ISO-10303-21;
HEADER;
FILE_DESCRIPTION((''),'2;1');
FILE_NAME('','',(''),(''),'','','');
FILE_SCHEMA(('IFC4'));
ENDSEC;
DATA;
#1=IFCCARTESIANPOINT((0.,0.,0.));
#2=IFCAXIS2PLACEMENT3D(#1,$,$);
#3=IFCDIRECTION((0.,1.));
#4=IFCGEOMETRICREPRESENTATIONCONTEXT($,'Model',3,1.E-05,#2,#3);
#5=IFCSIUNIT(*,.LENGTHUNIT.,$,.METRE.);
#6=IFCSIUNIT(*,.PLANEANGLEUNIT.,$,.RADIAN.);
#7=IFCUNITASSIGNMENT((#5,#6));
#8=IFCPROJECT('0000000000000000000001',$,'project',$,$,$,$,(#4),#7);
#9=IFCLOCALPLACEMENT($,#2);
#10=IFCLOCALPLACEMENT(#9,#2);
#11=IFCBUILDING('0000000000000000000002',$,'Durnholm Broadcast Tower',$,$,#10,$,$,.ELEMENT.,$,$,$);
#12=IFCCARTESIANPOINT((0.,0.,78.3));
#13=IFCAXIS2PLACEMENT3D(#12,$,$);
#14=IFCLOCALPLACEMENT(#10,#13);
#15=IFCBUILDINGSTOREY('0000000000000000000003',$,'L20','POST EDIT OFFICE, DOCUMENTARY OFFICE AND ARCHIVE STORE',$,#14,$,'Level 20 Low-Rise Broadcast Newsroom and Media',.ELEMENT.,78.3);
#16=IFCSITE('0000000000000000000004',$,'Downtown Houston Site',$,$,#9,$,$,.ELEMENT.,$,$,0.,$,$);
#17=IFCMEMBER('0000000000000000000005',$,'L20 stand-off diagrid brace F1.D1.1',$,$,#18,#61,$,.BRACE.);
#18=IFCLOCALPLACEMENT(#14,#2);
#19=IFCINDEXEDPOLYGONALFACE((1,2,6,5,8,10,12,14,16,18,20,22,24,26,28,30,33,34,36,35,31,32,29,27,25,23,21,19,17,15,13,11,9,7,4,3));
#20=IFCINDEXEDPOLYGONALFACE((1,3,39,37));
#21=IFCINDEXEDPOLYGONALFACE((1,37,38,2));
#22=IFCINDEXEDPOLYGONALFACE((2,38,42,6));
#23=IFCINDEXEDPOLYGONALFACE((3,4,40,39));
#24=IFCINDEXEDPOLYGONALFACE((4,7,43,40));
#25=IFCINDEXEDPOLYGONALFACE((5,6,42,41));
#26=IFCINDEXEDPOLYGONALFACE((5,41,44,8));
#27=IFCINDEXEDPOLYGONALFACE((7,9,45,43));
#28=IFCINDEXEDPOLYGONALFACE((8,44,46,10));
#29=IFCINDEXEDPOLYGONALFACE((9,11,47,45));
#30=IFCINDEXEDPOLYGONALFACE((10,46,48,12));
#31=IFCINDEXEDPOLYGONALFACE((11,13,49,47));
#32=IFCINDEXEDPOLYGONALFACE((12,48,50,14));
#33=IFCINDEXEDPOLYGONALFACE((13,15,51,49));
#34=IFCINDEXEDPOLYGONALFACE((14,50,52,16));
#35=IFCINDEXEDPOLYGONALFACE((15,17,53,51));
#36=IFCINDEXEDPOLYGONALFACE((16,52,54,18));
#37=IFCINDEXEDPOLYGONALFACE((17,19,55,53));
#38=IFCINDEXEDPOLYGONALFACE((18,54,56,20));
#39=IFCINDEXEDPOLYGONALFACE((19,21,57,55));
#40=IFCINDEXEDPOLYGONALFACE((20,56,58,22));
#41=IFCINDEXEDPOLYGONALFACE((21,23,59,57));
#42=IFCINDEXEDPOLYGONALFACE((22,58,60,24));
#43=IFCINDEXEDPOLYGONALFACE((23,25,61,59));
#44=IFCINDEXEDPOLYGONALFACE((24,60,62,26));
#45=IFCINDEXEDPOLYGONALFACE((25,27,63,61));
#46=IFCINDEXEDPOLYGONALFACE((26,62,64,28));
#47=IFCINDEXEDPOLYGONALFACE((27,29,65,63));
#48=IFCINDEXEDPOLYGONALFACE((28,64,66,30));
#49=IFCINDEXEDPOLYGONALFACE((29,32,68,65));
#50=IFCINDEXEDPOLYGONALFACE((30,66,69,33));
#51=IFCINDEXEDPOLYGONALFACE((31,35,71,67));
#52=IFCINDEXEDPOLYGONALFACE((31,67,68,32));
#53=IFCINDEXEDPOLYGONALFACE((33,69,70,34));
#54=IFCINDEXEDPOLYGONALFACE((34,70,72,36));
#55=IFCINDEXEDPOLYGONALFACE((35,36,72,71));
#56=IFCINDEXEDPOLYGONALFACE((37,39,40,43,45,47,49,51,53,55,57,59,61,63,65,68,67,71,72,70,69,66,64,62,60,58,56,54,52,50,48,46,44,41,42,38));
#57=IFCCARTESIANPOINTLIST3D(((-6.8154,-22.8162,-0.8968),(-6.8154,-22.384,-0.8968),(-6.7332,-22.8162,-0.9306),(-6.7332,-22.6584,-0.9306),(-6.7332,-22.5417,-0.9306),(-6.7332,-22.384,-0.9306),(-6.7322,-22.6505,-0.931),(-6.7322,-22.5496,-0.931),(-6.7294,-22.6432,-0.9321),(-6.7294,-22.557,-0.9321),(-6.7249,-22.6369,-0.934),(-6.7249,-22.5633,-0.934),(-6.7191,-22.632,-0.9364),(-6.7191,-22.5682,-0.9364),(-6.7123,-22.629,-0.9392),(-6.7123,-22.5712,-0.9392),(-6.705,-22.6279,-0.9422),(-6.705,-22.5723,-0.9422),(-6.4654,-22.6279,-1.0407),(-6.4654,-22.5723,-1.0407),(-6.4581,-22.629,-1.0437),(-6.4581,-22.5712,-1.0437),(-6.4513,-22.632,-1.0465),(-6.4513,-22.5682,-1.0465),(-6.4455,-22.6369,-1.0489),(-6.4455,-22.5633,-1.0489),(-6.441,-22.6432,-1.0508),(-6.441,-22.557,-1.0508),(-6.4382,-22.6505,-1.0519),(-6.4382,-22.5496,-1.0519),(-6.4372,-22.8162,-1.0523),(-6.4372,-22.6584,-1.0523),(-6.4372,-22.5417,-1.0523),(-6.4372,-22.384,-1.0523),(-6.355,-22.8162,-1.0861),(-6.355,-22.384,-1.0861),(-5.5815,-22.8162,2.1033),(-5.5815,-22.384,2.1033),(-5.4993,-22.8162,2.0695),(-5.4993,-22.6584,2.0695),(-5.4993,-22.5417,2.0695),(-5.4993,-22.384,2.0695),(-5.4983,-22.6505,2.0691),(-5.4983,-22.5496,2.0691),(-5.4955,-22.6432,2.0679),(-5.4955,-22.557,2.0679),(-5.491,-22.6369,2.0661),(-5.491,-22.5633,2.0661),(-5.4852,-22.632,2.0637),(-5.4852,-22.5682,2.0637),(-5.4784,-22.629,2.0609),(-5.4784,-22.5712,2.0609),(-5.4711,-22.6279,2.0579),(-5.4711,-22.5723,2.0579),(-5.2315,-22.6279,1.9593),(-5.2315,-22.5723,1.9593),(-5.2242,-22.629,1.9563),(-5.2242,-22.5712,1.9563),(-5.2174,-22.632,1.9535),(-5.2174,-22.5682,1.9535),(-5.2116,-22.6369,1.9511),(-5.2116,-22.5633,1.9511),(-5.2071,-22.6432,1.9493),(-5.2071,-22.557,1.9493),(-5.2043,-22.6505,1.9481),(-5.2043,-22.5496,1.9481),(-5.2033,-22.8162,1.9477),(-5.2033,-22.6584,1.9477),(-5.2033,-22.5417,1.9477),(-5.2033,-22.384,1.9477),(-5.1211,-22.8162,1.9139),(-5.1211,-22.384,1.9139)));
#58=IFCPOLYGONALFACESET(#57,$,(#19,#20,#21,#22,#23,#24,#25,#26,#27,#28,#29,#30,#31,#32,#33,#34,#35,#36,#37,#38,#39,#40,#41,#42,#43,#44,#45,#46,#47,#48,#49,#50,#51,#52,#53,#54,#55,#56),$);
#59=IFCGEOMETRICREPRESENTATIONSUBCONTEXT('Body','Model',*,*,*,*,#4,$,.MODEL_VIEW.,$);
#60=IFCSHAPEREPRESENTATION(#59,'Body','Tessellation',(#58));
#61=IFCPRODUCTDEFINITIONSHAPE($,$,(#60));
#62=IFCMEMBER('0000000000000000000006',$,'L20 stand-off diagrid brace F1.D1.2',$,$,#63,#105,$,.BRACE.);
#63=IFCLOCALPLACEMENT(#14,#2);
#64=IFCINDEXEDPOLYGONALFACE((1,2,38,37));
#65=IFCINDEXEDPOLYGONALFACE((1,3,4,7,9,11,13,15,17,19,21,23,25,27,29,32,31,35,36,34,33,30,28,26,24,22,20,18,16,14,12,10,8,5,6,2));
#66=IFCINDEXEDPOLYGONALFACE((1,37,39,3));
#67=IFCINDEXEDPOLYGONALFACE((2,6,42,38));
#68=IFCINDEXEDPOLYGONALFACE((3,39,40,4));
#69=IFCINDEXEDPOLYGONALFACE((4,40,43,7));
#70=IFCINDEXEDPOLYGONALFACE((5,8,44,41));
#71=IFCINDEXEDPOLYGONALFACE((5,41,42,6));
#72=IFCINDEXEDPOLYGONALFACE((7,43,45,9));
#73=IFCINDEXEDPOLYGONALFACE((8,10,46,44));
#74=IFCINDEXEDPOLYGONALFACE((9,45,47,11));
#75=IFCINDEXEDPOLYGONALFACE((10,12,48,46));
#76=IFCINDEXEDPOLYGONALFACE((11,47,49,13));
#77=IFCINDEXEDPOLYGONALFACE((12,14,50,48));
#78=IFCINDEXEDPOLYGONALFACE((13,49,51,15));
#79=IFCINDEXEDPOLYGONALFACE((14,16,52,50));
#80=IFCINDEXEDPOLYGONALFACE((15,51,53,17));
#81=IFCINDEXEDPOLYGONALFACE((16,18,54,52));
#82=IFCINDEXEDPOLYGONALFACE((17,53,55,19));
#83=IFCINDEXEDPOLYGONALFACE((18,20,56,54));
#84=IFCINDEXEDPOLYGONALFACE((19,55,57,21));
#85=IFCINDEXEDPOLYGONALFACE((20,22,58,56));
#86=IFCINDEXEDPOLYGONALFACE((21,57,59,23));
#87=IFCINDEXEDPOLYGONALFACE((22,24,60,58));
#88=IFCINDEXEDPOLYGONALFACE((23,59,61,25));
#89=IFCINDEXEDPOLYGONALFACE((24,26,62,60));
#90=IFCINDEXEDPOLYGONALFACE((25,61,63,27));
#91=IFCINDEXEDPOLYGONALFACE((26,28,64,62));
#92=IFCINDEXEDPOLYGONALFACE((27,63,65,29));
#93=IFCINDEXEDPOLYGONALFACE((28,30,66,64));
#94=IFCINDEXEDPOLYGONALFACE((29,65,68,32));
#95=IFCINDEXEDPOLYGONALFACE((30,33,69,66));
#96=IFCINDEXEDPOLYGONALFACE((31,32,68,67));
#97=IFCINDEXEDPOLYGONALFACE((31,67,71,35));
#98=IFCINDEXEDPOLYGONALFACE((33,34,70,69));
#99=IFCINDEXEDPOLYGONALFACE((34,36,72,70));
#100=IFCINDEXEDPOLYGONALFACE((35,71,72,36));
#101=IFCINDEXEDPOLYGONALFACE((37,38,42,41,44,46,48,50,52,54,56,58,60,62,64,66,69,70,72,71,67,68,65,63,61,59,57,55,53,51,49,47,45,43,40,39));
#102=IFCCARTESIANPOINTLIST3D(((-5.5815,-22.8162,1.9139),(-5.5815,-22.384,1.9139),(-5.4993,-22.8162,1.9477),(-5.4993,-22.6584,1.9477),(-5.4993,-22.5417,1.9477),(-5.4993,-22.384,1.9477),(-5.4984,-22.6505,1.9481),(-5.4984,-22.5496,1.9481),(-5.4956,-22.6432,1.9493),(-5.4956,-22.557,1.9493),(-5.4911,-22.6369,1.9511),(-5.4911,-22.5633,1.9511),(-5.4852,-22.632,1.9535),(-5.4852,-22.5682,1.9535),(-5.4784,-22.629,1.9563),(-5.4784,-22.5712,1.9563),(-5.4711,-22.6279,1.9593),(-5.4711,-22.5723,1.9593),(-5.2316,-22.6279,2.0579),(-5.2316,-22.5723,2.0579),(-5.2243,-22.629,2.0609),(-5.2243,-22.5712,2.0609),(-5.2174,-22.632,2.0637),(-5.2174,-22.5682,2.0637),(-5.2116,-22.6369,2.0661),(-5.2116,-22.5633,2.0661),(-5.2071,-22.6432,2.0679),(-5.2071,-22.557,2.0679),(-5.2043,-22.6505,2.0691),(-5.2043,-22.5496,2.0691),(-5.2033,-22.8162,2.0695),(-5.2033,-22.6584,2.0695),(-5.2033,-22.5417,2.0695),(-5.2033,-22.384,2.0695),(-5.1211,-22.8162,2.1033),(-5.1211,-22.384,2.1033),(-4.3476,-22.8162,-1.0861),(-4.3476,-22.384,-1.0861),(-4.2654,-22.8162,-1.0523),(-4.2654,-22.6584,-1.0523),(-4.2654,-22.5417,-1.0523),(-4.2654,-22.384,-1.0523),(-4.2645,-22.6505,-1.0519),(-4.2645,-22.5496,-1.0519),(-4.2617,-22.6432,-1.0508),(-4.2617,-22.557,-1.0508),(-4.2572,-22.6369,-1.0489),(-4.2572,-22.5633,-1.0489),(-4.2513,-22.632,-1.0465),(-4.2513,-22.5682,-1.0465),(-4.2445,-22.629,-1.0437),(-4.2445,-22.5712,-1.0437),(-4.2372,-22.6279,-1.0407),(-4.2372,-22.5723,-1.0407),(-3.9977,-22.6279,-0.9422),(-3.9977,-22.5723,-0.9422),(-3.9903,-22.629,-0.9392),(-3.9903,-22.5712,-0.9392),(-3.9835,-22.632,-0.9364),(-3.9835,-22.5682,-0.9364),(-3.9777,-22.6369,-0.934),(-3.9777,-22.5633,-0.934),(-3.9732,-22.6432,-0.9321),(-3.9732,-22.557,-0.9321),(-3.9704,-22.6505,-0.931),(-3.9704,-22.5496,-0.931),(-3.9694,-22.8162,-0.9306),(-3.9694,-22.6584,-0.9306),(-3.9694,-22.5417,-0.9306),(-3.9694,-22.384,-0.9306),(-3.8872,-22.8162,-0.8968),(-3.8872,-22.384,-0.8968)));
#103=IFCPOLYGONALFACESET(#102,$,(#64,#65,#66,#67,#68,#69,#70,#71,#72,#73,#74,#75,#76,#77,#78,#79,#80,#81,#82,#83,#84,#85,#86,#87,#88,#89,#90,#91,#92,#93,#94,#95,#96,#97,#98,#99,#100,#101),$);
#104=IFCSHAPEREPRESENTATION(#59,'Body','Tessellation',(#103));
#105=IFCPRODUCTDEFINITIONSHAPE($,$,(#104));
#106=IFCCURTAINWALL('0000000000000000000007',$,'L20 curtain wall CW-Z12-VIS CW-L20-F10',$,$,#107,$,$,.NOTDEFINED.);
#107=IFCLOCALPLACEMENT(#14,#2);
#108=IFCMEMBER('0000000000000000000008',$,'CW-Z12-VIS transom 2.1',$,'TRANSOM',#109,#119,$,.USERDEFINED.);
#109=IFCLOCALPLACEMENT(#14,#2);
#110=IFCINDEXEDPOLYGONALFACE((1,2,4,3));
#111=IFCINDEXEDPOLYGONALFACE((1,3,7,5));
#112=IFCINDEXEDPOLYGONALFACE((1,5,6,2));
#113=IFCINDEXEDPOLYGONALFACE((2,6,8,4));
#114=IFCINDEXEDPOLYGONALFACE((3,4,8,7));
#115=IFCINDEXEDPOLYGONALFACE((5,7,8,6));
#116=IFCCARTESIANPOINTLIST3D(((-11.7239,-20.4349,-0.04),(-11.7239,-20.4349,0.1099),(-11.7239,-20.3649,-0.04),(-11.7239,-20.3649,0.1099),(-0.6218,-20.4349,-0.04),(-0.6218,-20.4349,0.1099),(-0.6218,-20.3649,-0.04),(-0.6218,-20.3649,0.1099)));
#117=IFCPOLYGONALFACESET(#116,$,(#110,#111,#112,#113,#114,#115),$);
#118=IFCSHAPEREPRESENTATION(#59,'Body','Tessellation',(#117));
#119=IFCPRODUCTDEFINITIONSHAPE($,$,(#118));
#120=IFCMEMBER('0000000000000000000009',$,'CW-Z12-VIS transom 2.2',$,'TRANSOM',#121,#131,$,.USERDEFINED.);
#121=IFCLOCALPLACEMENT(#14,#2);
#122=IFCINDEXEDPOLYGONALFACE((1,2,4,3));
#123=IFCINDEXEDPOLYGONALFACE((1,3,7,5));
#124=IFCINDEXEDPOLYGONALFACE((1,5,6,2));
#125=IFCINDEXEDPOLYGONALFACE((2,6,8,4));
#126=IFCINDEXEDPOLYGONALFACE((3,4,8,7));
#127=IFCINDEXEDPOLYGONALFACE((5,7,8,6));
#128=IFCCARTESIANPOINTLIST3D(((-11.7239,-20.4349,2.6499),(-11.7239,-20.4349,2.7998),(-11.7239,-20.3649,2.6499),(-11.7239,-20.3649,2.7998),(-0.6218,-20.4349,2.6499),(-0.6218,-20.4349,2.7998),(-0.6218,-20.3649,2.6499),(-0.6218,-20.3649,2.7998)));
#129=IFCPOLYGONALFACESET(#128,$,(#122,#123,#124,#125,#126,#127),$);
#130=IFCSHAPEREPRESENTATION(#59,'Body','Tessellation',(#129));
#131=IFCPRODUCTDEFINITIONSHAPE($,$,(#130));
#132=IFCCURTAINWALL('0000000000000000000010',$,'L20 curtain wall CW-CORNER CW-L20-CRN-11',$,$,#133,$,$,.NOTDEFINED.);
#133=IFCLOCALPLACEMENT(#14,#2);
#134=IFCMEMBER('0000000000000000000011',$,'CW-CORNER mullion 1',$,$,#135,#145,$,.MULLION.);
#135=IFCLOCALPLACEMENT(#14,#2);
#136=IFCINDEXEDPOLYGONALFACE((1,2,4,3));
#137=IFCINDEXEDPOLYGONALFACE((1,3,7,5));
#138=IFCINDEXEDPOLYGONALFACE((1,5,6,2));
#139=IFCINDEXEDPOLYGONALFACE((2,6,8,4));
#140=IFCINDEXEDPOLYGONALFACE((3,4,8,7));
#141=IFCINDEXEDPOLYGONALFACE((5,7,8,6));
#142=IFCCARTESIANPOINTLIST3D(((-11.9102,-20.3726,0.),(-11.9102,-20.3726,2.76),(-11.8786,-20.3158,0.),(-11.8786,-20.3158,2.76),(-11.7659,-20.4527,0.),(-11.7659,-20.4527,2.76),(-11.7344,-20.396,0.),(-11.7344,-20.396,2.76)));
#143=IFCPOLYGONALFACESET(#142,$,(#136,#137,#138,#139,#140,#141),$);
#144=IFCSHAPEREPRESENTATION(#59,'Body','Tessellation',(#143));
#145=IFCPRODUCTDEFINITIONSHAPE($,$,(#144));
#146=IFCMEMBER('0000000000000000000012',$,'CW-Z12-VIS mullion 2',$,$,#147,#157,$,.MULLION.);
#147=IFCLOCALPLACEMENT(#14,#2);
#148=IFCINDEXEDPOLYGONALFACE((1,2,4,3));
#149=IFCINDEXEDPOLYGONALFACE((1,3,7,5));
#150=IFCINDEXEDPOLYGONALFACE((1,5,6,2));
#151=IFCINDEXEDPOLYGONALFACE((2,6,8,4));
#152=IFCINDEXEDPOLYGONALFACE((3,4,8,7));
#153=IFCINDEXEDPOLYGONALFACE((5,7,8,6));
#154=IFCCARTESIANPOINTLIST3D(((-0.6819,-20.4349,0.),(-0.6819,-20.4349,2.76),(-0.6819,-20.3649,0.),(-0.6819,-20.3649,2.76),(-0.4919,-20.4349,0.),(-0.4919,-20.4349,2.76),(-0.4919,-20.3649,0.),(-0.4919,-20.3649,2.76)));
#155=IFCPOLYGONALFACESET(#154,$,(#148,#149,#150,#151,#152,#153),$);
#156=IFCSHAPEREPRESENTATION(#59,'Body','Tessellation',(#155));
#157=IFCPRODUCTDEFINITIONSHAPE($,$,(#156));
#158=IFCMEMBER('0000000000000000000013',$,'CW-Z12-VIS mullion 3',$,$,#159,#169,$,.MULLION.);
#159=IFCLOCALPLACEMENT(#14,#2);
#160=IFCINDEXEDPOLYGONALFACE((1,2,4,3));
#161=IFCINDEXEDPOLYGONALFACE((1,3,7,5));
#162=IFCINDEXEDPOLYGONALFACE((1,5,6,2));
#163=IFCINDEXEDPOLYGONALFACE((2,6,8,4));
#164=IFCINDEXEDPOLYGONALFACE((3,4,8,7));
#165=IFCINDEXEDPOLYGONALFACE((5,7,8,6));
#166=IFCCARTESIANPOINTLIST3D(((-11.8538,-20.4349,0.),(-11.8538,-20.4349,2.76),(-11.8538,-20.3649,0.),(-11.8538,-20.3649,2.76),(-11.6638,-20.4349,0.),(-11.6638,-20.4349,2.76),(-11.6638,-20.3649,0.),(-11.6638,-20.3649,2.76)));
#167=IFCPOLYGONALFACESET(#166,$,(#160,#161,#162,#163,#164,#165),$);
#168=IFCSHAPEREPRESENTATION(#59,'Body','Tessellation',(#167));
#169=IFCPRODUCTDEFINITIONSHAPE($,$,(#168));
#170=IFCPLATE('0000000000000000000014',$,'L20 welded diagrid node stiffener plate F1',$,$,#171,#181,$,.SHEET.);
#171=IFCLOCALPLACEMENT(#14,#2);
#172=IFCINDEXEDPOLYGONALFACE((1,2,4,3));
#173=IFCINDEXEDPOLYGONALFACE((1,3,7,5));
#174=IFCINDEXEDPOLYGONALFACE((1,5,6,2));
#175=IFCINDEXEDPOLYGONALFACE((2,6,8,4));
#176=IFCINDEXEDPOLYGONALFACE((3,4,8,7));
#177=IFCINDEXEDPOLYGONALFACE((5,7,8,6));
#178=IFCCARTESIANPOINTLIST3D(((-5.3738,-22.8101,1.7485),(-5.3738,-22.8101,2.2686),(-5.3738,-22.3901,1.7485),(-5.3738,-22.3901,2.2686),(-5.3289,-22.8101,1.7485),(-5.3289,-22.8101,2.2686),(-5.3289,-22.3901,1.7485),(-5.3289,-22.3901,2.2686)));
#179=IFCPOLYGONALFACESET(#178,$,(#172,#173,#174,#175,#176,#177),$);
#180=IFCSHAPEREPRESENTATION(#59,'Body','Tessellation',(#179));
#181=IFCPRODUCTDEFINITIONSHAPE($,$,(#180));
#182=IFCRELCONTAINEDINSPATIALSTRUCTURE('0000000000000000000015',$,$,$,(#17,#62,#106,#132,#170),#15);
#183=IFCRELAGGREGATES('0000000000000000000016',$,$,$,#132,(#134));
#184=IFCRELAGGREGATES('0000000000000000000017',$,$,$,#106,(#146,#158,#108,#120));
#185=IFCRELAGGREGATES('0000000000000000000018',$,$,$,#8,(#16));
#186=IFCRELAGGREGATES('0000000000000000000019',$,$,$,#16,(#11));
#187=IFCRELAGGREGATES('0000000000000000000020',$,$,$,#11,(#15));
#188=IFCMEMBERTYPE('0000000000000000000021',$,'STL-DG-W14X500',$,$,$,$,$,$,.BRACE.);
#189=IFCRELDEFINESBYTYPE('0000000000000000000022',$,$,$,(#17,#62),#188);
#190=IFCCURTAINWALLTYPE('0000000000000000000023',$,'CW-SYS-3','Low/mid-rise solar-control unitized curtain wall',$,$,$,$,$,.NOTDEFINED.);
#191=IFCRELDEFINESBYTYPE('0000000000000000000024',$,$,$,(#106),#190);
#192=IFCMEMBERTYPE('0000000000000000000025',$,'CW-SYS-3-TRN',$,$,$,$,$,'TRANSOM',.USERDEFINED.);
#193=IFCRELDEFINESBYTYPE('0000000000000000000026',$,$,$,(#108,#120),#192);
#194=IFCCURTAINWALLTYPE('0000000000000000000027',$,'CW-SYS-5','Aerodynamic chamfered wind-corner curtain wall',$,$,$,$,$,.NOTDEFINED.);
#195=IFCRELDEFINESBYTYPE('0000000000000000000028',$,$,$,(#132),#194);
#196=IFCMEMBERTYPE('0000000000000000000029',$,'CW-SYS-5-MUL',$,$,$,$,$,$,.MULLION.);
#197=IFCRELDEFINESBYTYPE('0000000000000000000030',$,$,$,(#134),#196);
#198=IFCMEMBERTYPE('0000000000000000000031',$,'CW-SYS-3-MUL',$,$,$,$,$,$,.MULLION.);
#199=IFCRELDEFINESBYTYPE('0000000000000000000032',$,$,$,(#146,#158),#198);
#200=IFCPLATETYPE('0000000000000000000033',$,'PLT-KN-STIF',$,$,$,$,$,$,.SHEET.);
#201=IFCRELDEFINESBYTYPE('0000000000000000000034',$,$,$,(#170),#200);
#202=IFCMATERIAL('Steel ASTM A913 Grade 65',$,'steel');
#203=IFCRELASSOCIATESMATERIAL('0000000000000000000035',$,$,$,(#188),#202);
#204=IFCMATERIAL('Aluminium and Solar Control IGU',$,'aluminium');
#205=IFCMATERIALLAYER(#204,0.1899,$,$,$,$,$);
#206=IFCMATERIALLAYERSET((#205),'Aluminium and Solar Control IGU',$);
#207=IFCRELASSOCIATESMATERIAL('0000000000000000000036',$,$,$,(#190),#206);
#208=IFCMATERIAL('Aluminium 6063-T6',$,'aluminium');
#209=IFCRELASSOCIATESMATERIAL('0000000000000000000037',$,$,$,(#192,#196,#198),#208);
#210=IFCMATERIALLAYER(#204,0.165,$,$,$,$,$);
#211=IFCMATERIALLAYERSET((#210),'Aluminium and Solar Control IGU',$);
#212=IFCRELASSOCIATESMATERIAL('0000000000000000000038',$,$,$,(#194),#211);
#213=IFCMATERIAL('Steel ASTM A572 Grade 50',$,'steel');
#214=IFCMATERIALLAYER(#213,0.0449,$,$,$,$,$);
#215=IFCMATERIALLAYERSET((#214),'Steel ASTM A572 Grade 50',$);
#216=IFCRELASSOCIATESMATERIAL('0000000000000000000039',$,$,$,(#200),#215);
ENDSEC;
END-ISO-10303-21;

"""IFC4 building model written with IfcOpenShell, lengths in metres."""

from ifc_helpers import new_model, si_unit, direction, frame, origin, origin_2d, place, context, subcontext, project, spatial, rectangle, i_section, extrude, source, transform, mapped, material, layer, layer_set, material_profile, profile_set, type_object, type_shapes, element, aggregate, save


model = new_model("IFC4")

# Units and contexts
model_context = context("Model", 3, precision=1e-05, world=origin(), true_north=direction((0.0, 1.0)))
body_context = subcontext(model_context, "Body", "Model", "MODEL_VIEW")
ifc_project = project(units=[si_unit("LENGTHUNIT", "METRE"), si_unit("PLANEANGLEUNIT", "RADIAN")], contexts=[model_context])

# Site, building, storey
site_placement = place(None, origin())
site = spatial("IfcSite", under=ifc_project, at=site_placement, Name="Downtown Houston Site", CompositionType="ELEMENT", RefElevation=0.0)
building_placement = place(site_placement, origin())
building = spatial("IfcBuilding", under=site, at=building_placement, Name="Durnholm Broadcast Tower", CompositionType="ELEMENT")
storey_placement = place(building_placement, frame((0.0, 0.0, 78.3)))
storey = spatial("IfcBuildingStorey", under=building, at=storey_placement, Name="L20", Description="POST EDIT OFFICE, DOCUMENTARY OFFICE AND ARCHIVE STORE", LongName="Level 20 Low-Rise Broadcast Newsroom and Media", CompositionType="ELEMENT", Elevation=78.3)

# Members
ifc_material_1 = material(Name="Steel ASTM A913 Grade 65", Category="steel")
ifc_material_profile_1 = material_profile(ifc_material_1, i_section(OverallWidth=0.4321, OverallDepth=0.4978, WebThickness=0.0557, FlangeThickness=0.0889, FilletRadius=0.0305, at=origin_2d()), Name="W14X500")
ifc_profile_set_1 = profile_set([ifc_material_profile_1], Name="Steel ASTM A913 Grade 65")
member_type_1 = type_object("IfcMemberType", Name="STL-DG-W14X500", PredefinedType="BRACE", material=ifc_profile_set_1)
shared_shape_1 = source(origin(), body_context, "Body", "SweptSolid", [
    extrude(i_section(OverallWidth=0.4321, OverallDepth=0.4978, WebThickness=0.0557, FlangeThickness=0.0889, FilletRadius=0.0305, at=origin_2d()), origin(), (0.0, 0.0, 1.0), 3.2439),
])
type_shapes(member_type_1, [shared_shape_1])
for number, where, z_axis, x_axis, name in (
    (1, (-6.5852, -22.6001, -0.9915), (0.380379, 0.0, 0.924831), (0.0, 1.0, 0.0), "L20 stand-off diagrid brace F1.D1.1"),
    (2, (-4.1174, -22.6001, -0.9915), (-0.380379, 0.0, 0.924831), (0.0, -1.0, 0.0), "L20 stand-off diagrid brace F1.D1.2"),
):
    element("IfcMember", number, at=place(storey_placement, frame(where, z_axis=z_axis, x_axis=x_axis)), inside=storey, type_object=member_type_1, Name=name, PredefinedType="BRACE", context=body_context, shape_type="MappedRepresentation", body=[
        mapped(shared_shape_1, transform((0.0, 0.0, 0.0), x_axis=(1.0, 0.0, 0.0), y_axis=(0.0, 1.0, 0.0), z_axis=(0.0, 0.0, 1.0), scale=1.0)),
    ])

# Curtain wall, members
ifc_material_2 = material(Name="Aluminium and Solar Control IGU", Category="aluminium")
ifc_layer_1 = layer(ifc_material_2, 0.1899)
ifc_layer_set_1 = layer_set([ifc_layer_1], Name="Aluminium and Solar Control IGU")
curtain_wall_type_1 = type_object("IfcCurtainWallType", Name="CW-SYS-3", Description="Low/mid-rise solar-control unitized curtain wall", PredefinedType="NOTDEFINED", material=ifc_layer_set_1)
curtain_wall_1_placement = place(storey_placement, origin())
curtain_wall_1 = element("IfcCurtainWall", 3, at=curtain_wall_1_placement, inside=storey, type_object=curtain_wall_type_1, Name="L20 curtain wall CW-Z12-VIS CW-L20-F10", PredefinedType="NOTDEFINED")
ifc_material_3 = material(Name="Aluminium 6063-T6", Category="aluminium")
ifc_material_profile_2 = material_profile(ifc_material_3, rectangle(XDim=0.0701, YDim=0.1499, at=origin_2d()), Name="CWT70X150")
ifc_profile_set_2 = profile_set([ifc_material_profile_2], Name="Aluminium 6063-T6")
member_type_2 = type_object("IfcMemberType", Name="CW-SYS-3-TRN", ElementType="TRANSOM", PredefinedType="USERDEFINED", material=ifc_profile_set_2)
shared_shape_2 = source(origin(), body_context, "Body", "SweptSolid", [
    extrude(rectangle(XDim=0.0701, YDim=0.1499, at=origin_2d()), origin(), (0.0, 0.0, 1.0), 11.1021),
])
type_shapes(member_type_2, [shared_shape_2])
member_1_placement = place(storey_placement, frame((-0.6218, -20.3999, 0.0349), z_axis=(-1.0, 0.0, 0.0), x_axis=(0.0, -1.0, 0.0)))
member_1 = element("IfcMember", 4, at=member_1_placement, type_object=member_type_2, Name="CW-Z12-VIS transom 2.1", ObjectType="TRANSOM", PredefinedType="USERDEFINED", context=body_context, shape_type="MappedRepresentation", body=[
    mapped(shared_shape_2, transform((0.0, 0.0, 0.0), x_axis=(1.0, 0.0, 0.0), y_axis=(0.0, 1.0, 0.0), z_axis=(0.0, 0.0, 1.0), scale=1.0)),
])
member_2_placement = place(storey_placement, frame((-0.6218, -20.3999, 2.7249), z_axis=(-1.0, 0.0, 0.0), x_axis=(0.0, -1.0, 0.0)))
member_2 = element("IfcMember", 5, at=member_2_placement, type_object=member_type_2, Name="CW-Z12-VIS transom 2.2", ObjectType="TRANSOM", PredefinedType="USERDEFINED", context=body_context, shape_type="MappedRepresentation", body=[
    mapped(shared_shape_2, transform((0.0, 0.0, 0.0), x_axis=(1.0, 0.0, 0.0), y_axis=(0.0, 1.0, 0.0), z_axis=(0.0, 0.0, 1.0), scale=1.0)),
])

# Curtain wall, member
ifc_layer_2 = layer(ifc_material_2, 0.165)
ifc_layer_set_2 = layer_set([ifc_layer_2], Name="Aluminium and Solar Control IGU")
curtain_wall_type_2 = type_object("IfcCurtainWallType", Name="CW-SYS-5", Description="Aerodynamic chamfered wind-corner curtain wall", PredefinedType="NOTDEFINED", material=ifc_layer_set_2)
curtain_wall_2_placement = place(storey_placement, origin())
curtain_wall_2 = element("IfcCurtainWall", 6, at=curtain_wall_2_placement, inside=storey, type_object=curtain_wall_type_2, Name="L20 curtain wall CW-CORNER CW-L20-CRN-11", PredefinedType="NOTDEFINED")
ifc_material_profile_3 = material_profile(ifc_material_3, rectangle(XDim=0.0649, YDim=0.165, at=origin_2d()), Name="CWM65X165")
ifc_profile_set_3 = profile_set([ifc_material_profile_3], Name="Aluminium 6063-T6")
member_type_3 = type_object("IfcMemberType", Name="CW-SYS-5-MUL", PredefinedType="MULLION", material=ifc_profile_set_3)
shared_shape_3 = source(origin(), body_context, "Body", "SweptSolid", [
    extrude(rectangle(XDim=0.0649, YDim=0.165, at=origin_2d()), origin(), (0.0, 0.0, 1.0), 2.76),
])
type_shapes(member_type_3, [shared_shape_3])
member_3_placement = place(storey_placement, frame((-11.8223, -20.3843, 0.0), z_axis=(0.0, 0.0, 1.0), x_axis=(-0.485483, -0.874246, 0.0)))
member_3 = element("IfcMember", 7, at=member_3_placement, type_object=member_type_3, Name="CW-CORNER mullion 1", PredefinedType="MULLION", context=body_context, shape_type="MappedRepresentation", body=[
    mapped(shared_shape_3, transform((0.0, 0.0, 0.0), x_axis=(1.0, 0.0, 0.0), y_axis=(0.0, 1.0, 0.0), z_axis=(0.0, 0.0, 1.0), scale=1.0)),
])
aggregate(curtain_wall_2, [member_3])

# Members
ifc_material_profile_4 = material_profile(ifc_material_3, rectangle(XDim=0.0701, YDim=0.1899, at=origin_2d()), Name="CWM70X190")
ifc_profile_set_4 = profile_set([ifc_material_profile_4], Name="Aluminium 6063-T6")
member_type_4 = type_object("IfcMemberType", Name="CW-SYS-3-MUL", PredefinedType="MULLION", material=ifc_profile_set_4)
shared_shape_4 = source(origin(), body_context, "Body", "SweptSolid", [
    extrude(rectangle(XDim=0.0701, YDim=0.1899, at=origin_2d()), origin(), (0.0, 0.0, 1.0), 2.76),
])
type_shapes(member_type_4, [shared_shape_4])
member_4_placement = place(storey_placement, frame((-0.5869, -20.3999, 0.0), z_axis=(0.0, 0.0, 1.0), x_axis=(0.0, -1.0, 0.0)))
member_4 = element("IfcMember", 8, at=member_4_placement, type_object=member_type_4, Name="CW-Z12-VIS mullion 2", PredefinedType="MULLION", context=body_context, shape_type="MappedRepresentation", body=[
    mapped(shared_shape_4, transform((0.0, 0.0, 0.0), x_axis=(1.0, 0.0, 0.0), y_axis=(0.0, 1.0, 0.0), z_axis=(0.0, 0.0, 1.0), scale=1.0)),
])
member_5_placement = place(storey_placement, frame((-11.7588, -20.3999, 0.0), z_axis=(0.0, 0.0, 1.0), x_axis=(0.0, -1.0, 0.0)))
member_5 = element("IfcMember", 9, at=member_5_placement, type_object=member_type_4, Name="CW-Z12-VIS mullion 3", PredefinedType="MULLION", context=body_context, shape_type="MappedRepresentation", body=[
    mapped(shared_shape_4, transform((0.0, 0.0, 0.0), x_axis=(1.0, 0.0, 0.0), y_axis=(0.0, 1.0, 0.0), z_axis=(0.0, 0.0, 1.0), scale=1.0)),
])

# Plate
ifc_material_4 = material(Name="Steel ASTM A572 Grade 50", Category="steel")
ifc_layer_3 = layer(ifc_material_4, 0.0449)
ifc_layer_set_3 = layer_set([ifc_layer_3], Name="Steel ASTM A572 Grade 50")
plate_type_1 = type_object("IfcPlateType", Name="PLT-KN-STIF", PredefinedType="SHEET", material=ifc_layer_set_3)
shared_shape_5 = source(origin(), body_context, "Body", "SweptSolid", [
    extrude(rectangle(XDim=0.0449, YDim=0.4199, at=origin_2d()), origin(), (0.0, 0.0, 1.0), 0.52),
])
type_shapes(plate_type_1, [shared_shape_5])
plate_1_placement = place(storey_placement, frame((-5.3513, -22.6001, 1.7485), z_axis=(0.0, 0.0, 1.0), x_axis=(1.0, 0.0, 0.0)))
element("IfcPlate", 10, at=plate_1_placement, inside=storey, type_object=plate_type_1, Name="L20 welded diagrid node stiffener plate F1", PredefinedType="SHEET", context=body_context, shape_type="MappedRepresentation", body=[
    mapped(shared_shape_5, transform((0.0, 0.0, 0.0), x_axis=(1.0, 0.0, 0.0), y_axis=(0.0, 1.0, 0.0), z_axis=(0.0, 0.0, 1.0), scale=1.0)),
])

aggregate(curtain_wall_1, [member_4, member_5, member_1, member_2])

save(model, "model.ifc")
